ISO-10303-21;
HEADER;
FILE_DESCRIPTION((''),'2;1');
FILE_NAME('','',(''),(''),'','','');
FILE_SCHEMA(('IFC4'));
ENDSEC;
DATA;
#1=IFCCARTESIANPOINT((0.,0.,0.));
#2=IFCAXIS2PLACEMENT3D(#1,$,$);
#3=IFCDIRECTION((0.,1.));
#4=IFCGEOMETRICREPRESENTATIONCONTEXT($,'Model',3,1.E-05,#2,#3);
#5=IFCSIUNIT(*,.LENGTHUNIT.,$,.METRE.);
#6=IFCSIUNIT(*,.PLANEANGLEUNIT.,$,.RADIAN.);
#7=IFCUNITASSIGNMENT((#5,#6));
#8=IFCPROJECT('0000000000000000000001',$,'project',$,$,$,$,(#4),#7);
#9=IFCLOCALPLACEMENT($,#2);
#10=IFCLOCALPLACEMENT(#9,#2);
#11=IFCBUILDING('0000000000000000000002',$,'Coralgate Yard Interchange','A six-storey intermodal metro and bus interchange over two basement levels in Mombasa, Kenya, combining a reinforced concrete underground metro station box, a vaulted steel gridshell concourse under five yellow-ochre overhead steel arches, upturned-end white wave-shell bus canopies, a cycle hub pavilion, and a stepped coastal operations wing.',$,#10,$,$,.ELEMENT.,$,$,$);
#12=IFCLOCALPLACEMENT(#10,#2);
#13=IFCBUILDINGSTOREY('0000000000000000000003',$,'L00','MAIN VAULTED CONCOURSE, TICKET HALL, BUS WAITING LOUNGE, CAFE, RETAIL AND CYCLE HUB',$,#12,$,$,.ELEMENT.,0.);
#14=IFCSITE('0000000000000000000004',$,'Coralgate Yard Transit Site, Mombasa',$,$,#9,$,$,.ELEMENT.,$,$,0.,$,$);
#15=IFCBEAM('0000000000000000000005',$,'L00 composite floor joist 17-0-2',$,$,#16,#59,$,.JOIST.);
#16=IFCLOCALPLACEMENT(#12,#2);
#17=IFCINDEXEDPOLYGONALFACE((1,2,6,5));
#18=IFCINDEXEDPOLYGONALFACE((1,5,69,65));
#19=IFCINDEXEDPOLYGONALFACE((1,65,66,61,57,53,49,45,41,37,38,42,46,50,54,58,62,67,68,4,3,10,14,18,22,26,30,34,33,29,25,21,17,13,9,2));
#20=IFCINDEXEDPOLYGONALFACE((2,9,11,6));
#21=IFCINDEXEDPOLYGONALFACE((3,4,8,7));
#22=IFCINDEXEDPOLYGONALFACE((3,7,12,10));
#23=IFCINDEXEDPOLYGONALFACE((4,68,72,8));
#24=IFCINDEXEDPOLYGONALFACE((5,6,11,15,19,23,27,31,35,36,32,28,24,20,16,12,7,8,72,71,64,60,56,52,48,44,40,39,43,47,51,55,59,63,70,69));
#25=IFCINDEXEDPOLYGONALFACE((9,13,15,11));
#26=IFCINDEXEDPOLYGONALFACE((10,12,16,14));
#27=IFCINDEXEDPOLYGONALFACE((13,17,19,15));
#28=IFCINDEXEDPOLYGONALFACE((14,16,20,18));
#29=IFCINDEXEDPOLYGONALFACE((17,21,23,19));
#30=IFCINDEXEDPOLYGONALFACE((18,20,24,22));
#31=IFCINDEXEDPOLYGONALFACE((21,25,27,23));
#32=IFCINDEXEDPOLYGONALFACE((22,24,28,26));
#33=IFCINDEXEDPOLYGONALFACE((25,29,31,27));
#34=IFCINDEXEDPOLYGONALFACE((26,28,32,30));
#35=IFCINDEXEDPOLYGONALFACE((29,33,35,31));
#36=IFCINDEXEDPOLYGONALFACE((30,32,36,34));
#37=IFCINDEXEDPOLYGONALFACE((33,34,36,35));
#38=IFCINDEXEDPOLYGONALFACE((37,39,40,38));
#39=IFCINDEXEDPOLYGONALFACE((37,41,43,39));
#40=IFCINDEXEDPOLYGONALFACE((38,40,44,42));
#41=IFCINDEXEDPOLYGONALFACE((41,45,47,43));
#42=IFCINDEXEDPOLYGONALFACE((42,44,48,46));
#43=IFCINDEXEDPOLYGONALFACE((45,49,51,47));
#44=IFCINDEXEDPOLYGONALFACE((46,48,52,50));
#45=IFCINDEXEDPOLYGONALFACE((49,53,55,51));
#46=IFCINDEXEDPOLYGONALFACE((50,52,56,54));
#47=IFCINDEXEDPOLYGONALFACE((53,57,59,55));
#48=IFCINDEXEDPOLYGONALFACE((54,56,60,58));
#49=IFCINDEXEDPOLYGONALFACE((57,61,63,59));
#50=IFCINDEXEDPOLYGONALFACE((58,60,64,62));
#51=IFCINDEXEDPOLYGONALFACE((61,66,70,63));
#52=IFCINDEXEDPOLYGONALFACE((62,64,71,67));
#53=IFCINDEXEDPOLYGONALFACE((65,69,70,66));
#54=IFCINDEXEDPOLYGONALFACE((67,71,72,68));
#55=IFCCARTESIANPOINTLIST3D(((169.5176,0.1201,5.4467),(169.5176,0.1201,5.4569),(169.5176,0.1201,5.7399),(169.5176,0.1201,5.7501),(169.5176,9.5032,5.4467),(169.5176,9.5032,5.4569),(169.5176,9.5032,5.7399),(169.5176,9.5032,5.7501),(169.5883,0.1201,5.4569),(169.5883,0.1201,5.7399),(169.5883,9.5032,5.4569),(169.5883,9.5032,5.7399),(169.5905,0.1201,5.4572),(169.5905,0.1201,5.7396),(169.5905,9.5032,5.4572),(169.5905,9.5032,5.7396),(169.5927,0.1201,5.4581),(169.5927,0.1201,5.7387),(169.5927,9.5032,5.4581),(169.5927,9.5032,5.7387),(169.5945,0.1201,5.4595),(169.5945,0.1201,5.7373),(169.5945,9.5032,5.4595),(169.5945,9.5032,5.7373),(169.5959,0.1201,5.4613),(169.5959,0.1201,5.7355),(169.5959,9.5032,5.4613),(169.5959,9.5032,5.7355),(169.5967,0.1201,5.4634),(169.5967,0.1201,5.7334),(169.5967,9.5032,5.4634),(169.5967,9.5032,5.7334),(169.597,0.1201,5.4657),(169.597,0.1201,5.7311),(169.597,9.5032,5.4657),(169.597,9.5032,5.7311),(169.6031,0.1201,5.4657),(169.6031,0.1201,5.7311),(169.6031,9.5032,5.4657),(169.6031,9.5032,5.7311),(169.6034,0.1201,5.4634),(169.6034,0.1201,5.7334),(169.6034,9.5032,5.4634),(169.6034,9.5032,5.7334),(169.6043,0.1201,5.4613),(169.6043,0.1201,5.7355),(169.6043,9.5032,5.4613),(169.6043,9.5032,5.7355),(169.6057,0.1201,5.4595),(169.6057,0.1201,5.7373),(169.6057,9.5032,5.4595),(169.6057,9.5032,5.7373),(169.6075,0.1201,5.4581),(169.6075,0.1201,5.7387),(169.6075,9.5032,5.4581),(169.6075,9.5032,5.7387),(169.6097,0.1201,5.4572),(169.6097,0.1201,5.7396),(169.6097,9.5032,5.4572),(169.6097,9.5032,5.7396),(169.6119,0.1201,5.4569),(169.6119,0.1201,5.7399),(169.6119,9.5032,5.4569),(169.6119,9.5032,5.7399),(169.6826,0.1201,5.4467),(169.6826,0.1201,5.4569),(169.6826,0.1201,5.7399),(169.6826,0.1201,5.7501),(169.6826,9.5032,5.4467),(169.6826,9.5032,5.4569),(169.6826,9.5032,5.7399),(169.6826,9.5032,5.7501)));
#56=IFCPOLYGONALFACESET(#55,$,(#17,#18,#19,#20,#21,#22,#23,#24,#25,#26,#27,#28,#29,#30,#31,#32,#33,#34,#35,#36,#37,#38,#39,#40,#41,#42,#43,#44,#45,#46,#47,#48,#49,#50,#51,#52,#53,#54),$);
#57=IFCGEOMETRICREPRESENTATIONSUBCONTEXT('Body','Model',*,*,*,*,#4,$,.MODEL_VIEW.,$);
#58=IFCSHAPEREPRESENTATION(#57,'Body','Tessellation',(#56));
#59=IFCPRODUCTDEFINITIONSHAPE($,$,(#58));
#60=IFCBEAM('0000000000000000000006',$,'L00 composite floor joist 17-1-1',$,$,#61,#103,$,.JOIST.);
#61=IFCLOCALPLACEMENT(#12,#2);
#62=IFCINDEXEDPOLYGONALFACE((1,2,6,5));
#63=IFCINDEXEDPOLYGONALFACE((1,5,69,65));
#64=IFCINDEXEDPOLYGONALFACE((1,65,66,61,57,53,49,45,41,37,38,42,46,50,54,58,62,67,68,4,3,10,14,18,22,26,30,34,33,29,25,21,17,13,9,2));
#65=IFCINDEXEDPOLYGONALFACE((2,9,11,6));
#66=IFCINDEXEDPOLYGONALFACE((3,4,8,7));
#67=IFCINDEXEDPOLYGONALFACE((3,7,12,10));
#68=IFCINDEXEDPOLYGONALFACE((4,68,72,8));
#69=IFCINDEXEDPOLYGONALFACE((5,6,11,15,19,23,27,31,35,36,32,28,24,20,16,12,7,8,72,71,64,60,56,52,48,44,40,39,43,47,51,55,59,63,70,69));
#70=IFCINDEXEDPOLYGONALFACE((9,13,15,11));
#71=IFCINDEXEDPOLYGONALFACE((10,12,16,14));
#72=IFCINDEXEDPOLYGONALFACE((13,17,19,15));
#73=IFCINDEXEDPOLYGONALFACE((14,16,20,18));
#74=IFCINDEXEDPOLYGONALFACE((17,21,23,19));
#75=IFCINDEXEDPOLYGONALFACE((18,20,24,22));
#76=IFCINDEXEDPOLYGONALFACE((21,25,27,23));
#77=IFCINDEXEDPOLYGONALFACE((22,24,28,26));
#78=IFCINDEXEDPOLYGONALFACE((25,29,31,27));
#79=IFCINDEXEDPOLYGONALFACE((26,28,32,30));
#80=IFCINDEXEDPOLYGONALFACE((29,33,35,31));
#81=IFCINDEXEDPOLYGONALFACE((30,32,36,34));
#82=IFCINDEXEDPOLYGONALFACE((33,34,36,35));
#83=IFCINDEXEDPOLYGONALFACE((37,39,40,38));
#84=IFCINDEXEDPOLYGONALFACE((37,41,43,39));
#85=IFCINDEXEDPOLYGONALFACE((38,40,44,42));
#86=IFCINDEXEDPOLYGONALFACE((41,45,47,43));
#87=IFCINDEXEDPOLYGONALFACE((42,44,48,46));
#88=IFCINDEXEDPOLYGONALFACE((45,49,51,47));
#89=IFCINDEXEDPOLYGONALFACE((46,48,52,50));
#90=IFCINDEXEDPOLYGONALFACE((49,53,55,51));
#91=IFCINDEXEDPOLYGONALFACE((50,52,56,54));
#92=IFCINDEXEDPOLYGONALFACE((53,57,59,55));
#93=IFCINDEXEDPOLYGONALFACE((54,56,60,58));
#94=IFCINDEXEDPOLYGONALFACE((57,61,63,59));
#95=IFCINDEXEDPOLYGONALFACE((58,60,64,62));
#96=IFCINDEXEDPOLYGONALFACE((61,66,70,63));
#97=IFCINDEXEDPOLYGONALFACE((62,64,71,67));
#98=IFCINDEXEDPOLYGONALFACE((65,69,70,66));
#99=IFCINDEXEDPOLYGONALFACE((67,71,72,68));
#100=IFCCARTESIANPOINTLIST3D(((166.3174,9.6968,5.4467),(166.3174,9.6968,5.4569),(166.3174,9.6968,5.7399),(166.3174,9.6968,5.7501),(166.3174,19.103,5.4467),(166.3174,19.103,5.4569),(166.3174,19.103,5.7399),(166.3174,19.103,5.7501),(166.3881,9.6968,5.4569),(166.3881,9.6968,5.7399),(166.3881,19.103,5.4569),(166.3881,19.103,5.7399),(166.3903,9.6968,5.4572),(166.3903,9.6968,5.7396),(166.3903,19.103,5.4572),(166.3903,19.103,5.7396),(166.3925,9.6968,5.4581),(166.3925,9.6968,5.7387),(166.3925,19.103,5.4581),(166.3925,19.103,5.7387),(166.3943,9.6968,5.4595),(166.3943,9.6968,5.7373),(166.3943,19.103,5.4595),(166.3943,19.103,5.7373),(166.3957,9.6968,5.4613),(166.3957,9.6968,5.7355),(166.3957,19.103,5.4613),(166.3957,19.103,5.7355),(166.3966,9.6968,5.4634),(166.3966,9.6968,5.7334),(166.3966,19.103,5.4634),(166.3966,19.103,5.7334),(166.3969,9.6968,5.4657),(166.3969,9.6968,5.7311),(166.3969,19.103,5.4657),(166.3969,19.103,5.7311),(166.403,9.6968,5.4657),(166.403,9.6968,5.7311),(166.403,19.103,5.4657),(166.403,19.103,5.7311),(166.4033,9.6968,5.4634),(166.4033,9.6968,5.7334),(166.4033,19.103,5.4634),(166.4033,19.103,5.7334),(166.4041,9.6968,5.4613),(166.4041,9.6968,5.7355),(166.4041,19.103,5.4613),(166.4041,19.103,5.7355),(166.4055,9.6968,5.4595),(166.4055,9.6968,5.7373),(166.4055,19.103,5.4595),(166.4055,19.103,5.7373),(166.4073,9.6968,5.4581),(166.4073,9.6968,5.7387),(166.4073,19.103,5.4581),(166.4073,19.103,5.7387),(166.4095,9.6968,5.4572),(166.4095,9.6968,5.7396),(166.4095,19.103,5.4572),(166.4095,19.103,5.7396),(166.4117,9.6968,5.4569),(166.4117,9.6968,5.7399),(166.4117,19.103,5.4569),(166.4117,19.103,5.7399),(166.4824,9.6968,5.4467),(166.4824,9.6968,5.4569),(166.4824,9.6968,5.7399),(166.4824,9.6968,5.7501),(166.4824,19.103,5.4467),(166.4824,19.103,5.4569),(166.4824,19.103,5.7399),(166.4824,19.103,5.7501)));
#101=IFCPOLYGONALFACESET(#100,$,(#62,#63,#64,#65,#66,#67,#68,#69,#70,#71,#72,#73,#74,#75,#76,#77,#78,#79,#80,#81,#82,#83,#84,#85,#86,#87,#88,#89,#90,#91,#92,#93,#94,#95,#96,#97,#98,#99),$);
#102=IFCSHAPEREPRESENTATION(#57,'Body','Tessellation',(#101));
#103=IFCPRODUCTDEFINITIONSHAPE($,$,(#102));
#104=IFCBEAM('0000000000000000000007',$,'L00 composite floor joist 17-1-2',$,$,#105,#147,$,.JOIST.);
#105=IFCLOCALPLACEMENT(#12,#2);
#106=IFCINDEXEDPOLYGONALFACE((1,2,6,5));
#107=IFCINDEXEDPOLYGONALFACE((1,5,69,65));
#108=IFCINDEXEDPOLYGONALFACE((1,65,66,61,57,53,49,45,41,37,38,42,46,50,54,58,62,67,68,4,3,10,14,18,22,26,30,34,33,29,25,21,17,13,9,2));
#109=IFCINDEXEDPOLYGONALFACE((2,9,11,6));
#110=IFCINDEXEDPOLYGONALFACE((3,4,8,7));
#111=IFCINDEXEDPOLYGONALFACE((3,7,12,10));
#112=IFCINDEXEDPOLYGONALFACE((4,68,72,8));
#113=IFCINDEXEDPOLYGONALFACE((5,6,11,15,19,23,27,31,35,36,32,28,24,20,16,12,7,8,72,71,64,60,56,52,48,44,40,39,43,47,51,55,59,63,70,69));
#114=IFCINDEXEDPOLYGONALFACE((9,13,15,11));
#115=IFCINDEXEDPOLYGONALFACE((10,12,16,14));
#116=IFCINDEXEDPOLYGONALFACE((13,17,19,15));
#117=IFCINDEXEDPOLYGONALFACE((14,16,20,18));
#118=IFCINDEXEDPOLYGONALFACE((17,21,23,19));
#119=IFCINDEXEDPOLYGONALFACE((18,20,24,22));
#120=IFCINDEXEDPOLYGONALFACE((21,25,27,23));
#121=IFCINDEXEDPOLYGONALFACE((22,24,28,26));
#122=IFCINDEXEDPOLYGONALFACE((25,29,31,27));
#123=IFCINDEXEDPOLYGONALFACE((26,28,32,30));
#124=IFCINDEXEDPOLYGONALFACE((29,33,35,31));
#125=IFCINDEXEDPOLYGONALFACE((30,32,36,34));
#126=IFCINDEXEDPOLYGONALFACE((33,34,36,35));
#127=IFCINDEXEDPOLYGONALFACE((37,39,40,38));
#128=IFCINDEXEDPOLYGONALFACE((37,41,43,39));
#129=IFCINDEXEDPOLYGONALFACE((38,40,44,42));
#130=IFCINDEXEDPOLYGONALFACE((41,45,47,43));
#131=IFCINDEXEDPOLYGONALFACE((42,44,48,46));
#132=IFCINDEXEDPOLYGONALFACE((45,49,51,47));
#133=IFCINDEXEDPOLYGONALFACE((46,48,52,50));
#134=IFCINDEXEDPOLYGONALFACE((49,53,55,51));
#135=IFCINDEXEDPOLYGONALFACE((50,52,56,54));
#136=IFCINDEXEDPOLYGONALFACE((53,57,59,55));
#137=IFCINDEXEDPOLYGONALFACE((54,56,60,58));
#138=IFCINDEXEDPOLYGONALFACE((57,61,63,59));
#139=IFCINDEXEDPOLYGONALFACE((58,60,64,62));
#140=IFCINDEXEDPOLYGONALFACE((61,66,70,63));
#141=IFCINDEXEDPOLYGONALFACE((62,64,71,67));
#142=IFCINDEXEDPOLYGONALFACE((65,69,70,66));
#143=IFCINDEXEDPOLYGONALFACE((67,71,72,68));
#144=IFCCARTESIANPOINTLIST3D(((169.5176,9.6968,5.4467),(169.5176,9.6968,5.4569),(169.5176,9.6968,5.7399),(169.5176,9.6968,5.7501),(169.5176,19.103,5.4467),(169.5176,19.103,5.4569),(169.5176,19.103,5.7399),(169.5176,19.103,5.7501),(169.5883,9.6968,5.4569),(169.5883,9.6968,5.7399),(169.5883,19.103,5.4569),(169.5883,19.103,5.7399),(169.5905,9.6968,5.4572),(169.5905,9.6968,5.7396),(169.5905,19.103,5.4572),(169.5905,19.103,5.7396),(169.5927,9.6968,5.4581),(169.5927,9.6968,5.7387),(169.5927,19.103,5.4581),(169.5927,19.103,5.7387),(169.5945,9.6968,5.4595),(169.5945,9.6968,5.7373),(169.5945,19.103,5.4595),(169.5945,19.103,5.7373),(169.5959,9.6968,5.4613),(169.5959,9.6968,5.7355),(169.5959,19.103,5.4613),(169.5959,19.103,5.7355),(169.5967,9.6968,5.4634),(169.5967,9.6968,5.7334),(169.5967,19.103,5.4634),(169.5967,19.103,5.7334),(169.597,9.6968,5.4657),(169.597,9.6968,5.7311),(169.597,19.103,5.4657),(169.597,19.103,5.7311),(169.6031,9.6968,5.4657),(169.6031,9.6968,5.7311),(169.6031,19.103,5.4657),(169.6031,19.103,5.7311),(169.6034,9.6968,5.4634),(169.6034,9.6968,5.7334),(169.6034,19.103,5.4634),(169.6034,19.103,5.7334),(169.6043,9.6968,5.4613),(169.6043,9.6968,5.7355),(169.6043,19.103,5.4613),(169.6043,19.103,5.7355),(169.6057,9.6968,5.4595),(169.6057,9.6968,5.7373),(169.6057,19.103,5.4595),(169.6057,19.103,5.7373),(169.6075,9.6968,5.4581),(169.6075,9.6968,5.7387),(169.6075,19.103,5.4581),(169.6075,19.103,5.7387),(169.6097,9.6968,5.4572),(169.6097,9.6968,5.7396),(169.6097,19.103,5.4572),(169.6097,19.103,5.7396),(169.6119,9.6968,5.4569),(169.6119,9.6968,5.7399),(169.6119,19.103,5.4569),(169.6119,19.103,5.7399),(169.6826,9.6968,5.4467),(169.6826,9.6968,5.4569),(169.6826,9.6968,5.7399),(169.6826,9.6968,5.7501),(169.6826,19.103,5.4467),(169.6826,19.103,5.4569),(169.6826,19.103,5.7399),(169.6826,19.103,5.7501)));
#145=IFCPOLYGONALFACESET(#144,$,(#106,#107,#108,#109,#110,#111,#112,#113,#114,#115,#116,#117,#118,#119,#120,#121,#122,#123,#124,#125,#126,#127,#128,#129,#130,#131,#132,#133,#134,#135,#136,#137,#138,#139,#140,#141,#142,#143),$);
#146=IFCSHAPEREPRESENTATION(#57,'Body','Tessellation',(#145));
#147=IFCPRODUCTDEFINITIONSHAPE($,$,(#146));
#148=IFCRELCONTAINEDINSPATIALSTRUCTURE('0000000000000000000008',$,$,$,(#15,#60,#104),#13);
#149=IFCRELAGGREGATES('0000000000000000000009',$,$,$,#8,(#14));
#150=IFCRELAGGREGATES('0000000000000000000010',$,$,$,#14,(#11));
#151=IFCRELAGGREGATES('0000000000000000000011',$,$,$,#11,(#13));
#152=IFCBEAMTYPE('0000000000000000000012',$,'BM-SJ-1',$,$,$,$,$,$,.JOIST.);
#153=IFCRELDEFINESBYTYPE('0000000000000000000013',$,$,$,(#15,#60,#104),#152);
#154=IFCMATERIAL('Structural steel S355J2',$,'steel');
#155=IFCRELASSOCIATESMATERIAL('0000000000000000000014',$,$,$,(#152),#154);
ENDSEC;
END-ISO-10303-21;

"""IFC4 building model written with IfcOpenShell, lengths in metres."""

from ifc_helpers import new_model, si_unit, direction, frame, origin, origin_2d, place, context, subcontext, project, spatial, i_section, extrude, material, material_profile, profile_set, type_object, element, save


model = new_model("IFC4")

# Units and contexts
model_context = context("Model", 3, precision=1e-05, world=origin(), true_north=direction((0.0, 1.0)))
body_context = subcontext(model_context, "Body", "Model", "MODEL_VIEW")
ifc_project = project(units=[si_unit("LENGTHUNIT", "METRE"), si_unit("PLANEANGLEUNIT", "RADIAN")], contexts=[model_context])

# Site, building, storey
site_placement = place(None, origin())
site = spatial("IfcSite", under=ifc_project, at=site_placement, Name="Coralgate Yard Transit Site, Mombasa", CompositionType="ELEMENT", RefElevation=0.0)
building_placement = place(site_placement, origin())
building = spatial("IfcBuilding", under=site, at=building_placement, Name="Coralgate Yard Interchange", Description="A six-storey intermodal metro and bus interchange over two basement levels in Mombasa, Kenya, combining a reinforced concrete underground metro station box, a vaulted steel gridshell concourse under five yellow-ochre overhead steel arches, upturned-end white wave-shell bus canopies, a cycle hub pavilion, and a stepped coastal operations wing.", CompositionType="ELEMENT")
storey_placement = place(building_placement, origin())
storey = spatial("IfcBuildingStorey", under=building, at=storey_placement, Name="L00", Description="MAIN VAULTED CONCOURSE, TICKET HALL, BUS WAITING LOUNGE, CAFE, RETAIL AND CYCLE HUB", CompositionType="ELEMENT", Elevation=0.0)

# Shared definitions
ifc_material_1 = material(Name="Structural steel S355J2", Category="steel")

# Beams
ifc_material_profile_1 = material_profile(ifc_material_1, i_section(OverallWidth=0.165, OverallDepth=0.3035, WebThickness=0.0061, FlangeThickness=0.0103, FilletRadius=0.0088, at=origin_2d()), Name="UB 305x165x40")
ifc_profile_set_1 = profile_set([ifc_material_profile_1], Name="Structural steel S355J2")
beam_type_1 = type_object("IfcBeamType", Name="BM-SJ-1", PredefinedType="JOIST", material=ifc_profile_set_1)
for number, where, z_axis, x_axis, name in (
    (1, (169.6001, 0.1201, 5.5984), (0.0, 1.0, 0.0), (-1.0, 0.0, 0.0), "L00 composite floor joist 17-0-2"),
):
    element("IfcBeam", number, at=place(storey_placement, frame(where, z_axis=z_axis, x_axis=x_axis)), inside=storey, type_object=beam_type_1, Name=name, PredefinedType="JOIST", context=body_context, shape_type="SweptSolid", body=[
        extrude(i_section(OverallWidth=0.165, OverallDepth=0.3035, WebThickness=0.0061, FlangeThickness=0.0103, FilletRadius=0.0088, at=origin_2d()), origin(), (0.0, 0.0, 1.0), 9.3831),
    ])
for number, where, z_axis, x_axis, name in (
    (2, (166.3999, 9.6968, 5.5984), (0.0, 1.0, 0.0), (-1.0, 0.0, 0.0), "L00 composite floor joist 17-1-1"),
    (3, (169.6001, 9.6968, 5.5984), (0.0, 1.0, 0.0), (-1.0, 0.0, 0.0), "L00 composite floor joist 17-1-2"),
):
    element("IfcBeam", number, at=place(storey_placement, frame(where, z_axis=z_axis, x_axis=x_axis)), inside=storey, type_object=beam_type_1, Name=name, PredefinedType="JOIST", context=body_context, shape_type="SweptSolid", body=[
        extrude(i_section(OverallWidth=0.165, OverallDepth=0.3035, WebThickness=0.0061, FlangeThickness=0.0103, FilletRadius=0.0088, at=origin_2d()), origin(), (0.0, 0.0, 1.0), 9.4062),
    ])

save(model, "model.ifc")
